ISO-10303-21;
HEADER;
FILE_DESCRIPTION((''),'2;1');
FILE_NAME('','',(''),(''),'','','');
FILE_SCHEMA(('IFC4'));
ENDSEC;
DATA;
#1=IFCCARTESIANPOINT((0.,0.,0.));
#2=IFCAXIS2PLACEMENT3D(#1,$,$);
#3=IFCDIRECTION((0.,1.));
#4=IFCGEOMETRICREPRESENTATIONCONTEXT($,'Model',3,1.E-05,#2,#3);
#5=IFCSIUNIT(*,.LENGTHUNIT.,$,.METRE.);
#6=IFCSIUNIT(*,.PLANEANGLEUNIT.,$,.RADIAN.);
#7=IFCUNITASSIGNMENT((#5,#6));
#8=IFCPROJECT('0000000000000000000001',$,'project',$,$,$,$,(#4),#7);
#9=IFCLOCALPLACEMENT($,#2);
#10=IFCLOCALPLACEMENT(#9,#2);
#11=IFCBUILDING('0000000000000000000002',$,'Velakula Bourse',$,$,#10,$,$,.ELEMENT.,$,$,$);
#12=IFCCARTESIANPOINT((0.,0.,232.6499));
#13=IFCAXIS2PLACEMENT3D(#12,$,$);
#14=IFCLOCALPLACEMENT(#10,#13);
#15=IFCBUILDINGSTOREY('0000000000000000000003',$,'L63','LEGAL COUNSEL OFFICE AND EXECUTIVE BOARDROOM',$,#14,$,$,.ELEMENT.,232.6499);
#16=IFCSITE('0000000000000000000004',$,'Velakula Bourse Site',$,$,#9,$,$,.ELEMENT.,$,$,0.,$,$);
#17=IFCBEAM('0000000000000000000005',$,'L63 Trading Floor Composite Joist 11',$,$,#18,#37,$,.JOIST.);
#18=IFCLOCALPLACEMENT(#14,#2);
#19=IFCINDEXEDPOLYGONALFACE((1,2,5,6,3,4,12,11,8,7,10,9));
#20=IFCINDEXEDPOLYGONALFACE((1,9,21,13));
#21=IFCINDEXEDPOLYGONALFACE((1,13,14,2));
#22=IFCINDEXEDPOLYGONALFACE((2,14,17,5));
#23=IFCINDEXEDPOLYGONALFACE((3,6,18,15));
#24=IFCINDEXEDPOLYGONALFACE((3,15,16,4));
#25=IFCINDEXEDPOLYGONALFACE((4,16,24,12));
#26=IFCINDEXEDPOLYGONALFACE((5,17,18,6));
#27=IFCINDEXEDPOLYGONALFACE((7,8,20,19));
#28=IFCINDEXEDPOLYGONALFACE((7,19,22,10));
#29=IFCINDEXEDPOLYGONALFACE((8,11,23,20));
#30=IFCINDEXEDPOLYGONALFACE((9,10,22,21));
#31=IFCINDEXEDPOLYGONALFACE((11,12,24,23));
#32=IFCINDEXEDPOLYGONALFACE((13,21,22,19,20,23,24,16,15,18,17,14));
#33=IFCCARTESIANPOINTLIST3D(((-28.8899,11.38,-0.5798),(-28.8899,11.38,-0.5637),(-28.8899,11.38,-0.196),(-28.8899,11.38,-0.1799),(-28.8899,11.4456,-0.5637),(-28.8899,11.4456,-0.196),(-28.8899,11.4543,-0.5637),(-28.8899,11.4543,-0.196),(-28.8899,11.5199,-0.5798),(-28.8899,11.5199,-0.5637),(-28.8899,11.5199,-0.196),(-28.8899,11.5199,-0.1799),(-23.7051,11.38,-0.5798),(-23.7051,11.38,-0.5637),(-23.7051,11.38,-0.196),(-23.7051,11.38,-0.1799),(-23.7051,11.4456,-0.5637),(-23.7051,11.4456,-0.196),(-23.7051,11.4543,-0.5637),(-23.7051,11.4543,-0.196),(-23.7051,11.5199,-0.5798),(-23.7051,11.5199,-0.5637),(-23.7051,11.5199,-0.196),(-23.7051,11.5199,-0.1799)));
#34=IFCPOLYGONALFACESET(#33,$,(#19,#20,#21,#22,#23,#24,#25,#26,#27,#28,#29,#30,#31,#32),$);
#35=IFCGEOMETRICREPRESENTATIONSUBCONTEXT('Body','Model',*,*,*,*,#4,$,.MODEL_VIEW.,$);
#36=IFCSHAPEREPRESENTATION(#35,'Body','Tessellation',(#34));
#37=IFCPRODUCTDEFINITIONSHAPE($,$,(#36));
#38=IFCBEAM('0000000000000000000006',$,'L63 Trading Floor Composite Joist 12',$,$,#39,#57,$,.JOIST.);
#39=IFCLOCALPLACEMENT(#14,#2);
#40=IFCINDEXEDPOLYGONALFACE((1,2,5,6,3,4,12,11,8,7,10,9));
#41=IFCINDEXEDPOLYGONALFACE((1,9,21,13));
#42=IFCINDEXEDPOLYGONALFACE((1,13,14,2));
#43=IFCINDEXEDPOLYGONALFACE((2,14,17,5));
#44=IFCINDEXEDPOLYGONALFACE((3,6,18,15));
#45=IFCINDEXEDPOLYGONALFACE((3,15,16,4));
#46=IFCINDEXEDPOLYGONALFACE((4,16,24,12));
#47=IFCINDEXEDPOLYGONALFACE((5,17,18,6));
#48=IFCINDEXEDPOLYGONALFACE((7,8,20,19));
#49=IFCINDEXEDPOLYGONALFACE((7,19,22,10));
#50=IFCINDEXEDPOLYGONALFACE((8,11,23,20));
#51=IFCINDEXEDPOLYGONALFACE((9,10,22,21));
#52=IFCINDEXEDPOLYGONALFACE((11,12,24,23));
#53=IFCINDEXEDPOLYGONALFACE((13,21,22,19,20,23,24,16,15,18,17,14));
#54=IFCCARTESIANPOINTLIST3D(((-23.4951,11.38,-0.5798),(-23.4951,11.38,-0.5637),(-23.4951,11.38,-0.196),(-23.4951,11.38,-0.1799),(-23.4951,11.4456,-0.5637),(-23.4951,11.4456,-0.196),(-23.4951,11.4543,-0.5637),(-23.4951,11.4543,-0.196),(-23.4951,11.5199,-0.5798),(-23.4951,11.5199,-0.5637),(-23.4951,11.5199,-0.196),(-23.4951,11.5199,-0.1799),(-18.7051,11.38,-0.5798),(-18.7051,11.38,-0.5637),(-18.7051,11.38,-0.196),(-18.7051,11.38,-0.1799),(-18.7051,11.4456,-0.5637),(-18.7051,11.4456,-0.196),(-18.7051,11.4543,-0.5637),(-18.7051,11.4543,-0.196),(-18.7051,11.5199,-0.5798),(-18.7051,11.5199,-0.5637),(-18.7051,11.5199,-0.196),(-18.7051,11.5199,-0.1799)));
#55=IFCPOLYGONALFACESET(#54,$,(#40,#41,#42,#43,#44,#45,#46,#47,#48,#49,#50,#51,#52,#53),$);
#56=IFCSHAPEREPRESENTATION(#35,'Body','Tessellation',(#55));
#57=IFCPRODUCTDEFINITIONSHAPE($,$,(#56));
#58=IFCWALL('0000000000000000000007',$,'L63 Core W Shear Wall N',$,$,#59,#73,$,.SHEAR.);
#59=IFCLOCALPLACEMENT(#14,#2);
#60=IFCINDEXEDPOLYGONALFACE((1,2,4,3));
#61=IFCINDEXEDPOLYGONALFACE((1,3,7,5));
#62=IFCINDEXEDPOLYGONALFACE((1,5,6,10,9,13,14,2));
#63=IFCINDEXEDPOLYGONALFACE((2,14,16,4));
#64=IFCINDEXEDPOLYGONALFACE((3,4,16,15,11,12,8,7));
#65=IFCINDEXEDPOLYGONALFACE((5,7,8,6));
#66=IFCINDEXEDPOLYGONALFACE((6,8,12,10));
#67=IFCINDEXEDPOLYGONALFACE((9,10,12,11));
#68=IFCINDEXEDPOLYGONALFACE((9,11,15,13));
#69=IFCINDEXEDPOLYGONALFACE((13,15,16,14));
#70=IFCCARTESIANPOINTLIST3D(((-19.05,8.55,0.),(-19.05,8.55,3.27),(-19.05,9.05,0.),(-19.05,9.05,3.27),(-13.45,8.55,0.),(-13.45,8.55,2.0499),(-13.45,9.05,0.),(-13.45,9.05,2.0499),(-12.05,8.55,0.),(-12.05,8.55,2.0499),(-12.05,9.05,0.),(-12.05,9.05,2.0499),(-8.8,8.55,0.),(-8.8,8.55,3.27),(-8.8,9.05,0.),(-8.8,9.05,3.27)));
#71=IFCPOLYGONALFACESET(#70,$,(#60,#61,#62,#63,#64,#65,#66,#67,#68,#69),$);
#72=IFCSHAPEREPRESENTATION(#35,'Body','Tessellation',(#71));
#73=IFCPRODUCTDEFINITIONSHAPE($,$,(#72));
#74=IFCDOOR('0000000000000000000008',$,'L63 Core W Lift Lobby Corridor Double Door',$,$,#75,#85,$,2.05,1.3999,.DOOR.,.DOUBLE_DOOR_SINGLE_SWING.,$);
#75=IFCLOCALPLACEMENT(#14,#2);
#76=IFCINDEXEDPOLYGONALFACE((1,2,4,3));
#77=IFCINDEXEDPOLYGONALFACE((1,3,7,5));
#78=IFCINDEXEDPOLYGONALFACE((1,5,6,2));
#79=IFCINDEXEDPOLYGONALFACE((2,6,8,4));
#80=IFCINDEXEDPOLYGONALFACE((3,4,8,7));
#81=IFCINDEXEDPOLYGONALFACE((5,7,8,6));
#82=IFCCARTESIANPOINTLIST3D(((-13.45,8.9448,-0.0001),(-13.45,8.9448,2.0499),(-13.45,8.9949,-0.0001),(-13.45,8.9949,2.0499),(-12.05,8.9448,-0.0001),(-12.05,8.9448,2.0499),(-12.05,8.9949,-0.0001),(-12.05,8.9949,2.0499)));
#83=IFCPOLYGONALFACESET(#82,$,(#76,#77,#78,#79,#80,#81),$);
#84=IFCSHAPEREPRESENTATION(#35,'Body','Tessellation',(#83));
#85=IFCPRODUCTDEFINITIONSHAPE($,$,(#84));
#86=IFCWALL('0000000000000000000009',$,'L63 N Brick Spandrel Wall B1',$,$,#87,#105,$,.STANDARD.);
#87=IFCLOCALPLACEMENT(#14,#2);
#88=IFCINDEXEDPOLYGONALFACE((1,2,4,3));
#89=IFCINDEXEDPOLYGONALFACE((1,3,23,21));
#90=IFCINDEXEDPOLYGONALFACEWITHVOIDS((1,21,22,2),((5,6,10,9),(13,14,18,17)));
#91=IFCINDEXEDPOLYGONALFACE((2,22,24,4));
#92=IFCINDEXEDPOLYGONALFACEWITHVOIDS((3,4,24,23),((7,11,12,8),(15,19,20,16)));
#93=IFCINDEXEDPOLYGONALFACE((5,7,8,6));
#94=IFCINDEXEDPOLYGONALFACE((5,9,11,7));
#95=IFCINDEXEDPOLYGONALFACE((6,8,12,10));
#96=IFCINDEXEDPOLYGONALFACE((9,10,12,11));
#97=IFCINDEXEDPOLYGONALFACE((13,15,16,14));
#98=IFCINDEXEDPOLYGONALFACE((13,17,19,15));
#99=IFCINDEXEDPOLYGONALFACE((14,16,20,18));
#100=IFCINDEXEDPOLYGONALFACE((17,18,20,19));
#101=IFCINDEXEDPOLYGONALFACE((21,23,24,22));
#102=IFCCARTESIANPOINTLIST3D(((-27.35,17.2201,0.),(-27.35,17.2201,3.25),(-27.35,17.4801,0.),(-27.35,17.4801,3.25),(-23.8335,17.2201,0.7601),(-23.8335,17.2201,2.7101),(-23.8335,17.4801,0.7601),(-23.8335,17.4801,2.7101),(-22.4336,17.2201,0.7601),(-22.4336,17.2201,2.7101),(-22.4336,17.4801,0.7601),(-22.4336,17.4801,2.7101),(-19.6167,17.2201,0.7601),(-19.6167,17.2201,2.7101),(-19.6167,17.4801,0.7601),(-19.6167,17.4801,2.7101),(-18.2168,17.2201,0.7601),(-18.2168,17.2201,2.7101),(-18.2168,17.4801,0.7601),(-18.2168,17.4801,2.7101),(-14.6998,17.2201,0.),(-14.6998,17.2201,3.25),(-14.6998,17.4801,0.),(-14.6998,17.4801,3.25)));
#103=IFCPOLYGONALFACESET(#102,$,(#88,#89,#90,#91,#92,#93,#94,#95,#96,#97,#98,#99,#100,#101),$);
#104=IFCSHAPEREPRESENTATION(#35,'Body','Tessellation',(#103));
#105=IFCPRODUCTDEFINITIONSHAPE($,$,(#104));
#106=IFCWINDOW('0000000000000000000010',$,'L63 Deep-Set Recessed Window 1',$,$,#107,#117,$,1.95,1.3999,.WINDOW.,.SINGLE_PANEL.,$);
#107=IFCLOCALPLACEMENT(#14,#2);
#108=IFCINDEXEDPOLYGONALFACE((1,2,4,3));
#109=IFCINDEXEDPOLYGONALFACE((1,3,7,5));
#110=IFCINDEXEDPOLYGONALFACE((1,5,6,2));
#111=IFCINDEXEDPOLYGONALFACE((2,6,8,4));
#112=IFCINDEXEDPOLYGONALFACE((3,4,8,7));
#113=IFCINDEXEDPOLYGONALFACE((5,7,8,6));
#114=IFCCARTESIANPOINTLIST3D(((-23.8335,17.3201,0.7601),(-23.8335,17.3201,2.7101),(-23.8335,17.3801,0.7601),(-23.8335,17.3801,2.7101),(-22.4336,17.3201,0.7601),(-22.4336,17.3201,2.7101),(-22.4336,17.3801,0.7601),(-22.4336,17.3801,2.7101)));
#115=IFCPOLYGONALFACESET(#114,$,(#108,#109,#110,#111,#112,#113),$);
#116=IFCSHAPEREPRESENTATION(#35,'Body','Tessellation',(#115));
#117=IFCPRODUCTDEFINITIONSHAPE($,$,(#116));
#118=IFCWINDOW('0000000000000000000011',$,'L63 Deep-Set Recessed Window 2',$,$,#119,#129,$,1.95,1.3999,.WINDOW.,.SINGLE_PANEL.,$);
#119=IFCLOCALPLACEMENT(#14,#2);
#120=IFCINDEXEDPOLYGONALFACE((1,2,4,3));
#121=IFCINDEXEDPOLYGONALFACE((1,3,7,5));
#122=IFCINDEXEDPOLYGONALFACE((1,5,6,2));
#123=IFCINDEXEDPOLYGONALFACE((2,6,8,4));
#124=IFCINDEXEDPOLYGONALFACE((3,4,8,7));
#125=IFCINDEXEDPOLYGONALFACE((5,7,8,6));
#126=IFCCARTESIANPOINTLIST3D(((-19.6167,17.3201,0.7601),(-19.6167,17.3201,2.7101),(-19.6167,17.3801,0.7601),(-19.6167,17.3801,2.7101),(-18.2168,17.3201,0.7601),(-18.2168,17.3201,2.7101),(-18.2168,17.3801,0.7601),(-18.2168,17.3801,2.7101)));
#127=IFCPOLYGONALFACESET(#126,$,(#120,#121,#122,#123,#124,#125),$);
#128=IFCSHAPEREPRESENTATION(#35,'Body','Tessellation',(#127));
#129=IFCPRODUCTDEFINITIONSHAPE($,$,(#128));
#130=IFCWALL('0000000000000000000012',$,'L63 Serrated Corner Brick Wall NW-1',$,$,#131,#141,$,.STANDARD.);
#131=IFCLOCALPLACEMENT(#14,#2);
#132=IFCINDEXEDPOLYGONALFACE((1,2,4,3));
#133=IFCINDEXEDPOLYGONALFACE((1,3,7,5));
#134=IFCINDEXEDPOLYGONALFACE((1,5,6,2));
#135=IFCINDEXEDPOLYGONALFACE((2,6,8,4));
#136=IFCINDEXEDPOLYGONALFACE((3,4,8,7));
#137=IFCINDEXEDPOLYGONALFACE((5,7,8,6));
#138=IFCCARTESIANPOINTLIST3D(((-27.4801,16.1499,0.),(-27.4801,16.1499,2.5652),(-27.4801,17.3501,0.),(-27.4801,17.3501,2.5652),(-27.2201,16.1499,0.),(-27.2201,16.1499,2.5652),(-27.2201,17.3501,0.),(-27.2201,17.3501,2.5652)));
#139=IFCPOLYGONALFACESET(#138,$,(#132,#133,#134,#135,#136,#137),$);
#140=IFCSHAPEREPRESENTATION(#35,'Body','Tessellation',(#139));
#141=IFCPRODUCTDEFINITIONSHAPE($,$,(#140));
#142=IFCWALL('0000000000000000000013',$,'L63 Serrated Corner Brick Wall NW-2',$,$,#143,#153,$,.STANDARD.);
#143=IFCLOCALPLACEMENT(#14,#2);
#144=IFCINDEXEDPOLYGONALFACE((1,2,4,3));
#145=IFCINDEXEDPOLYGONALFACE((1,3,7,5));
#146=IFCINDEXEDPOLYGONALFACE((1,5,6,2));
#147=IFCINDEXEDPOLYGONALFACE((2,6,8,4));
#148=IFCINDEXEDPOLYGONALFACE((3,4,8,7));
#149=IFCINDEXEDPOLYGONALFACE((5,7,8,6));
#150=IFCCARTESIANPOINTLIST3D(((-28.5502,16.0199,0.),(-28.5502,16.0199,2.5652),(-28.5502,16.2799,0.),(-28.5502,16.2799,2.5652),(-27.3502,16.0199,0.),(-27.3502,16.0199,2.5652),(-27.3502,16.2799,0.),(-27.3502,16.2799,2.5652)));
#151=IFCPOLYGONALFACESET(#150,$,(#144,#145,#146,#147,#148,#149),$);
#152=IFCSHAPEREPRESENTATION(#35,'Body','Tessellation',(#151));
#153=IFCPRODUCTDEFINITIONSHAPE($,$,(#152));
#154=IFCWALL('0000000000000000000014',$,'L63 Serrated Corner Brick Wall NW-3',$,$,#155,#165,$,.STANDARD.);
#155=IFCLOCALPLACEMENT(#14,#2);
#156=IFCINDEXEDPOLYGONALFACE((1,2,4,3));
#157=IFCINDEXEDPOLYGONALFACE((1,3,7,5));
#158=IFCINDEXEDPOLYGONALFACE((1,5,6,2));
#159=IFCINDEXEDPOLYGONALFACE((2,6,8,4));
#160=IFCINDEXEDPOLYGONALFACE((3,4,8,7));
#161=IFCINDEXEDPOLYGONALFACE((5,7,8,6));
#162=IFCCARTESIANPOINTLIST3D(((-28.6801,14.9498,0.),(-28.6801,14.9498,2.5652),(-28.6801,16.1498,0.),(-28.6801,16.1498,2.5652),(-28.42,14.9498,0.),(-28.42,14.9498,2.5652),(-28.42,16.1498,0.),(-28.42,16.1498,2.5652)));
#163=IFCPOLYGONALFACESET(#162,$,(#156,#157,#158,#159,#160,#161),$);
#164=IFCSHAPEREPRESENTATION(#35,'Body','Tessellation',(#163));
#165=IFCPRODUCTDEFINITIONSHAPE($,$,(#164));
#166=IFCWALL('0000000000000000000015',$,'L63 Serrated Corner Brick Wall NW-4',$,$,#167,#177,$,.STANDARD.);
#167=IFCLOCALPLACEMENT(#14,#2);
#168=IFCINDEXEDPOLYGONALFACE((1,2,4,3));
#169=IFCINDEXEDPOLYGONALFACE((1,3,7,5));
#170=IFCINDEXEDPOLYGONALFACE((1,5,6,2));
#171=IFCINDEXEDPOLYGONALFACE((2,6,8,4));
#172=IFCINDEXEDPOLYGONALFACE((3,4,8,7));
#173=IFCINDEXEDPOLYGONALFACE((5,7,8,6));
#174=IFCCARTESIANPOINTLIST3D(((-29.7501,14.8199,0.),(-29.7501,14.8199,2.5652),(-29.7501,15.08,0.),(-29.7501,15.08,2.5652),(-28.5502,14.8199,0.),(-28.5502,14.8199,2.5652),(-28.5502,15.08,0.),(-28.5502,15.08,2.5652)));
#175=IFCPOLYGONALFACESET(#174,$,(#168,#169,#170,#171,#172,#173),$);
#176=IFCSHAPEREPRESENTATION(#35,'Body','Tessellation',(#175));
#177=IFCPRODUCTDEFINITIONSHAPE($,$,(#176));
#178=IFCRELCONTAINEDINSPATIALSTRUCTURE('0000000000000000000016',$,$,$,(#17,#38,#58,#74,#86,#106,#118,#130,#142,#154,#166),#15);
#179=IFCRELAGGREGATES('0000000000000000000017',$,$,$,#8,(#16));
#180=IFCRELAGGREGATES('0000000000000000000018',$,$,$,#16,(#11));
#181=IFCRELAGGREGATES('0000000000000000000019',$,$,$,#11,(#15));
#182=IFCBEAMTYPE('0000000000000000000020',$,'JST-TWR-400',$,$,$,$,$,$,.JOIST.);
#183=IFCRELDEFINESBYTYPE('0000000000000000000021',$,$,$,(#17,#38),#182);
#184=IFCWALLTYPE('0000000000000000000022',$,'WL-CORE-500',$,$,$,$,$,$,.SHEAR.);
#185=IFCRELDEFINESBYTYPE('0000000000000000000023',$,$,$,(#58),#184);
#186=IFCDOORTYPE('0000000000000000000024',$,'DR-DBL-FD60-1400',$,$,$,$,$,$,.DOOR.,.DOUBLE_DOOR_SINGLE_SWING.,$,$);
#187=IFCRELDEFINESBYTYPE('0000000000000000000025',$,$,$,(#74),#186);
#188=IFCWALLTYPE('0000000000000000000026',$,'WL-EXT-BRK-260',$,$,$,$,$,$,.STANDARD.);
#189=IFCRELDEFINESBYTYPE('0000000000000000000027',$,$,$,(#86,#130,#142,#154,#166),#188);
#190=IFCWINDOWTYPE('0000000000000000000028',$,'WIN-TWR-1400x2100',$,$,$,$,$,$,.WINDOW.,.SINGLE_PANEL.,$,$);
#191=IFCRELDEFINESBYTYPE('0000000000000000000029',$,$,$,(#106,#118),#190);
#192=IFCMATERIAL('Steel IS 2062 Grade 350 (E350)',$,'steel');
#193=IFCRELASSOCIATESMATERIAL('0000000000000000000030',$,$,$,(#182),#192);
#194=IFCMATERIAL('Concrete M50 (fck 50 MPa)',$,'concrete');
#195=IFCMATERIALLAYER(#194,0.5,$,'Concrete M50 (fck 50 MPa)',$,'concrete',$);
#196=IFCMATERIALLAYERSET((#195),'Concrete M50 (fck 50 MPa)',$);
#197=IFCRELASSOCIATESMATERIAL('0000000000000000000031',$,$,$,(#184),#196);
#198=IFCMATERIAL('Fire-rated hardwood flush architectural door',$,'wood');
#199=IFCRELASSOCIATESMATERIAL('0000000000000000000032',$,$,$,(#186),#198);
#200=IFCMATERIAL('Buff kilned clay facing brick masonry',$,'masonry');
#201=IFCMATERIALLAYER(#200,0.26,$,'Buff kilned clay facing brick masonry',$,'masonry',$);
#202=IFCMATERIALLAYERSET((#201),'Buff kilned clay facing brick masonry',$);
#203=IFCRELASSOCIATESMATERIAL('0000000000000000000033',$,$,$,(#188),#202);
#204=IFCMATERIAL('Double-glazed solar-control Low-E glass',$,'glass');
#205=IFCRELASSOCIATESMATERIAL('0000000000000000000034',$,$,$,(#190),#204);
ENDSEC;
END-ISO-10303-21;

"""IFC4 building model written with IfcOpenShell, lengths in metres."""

from ifc_helpers import new_model, si_unit, direction, frame, frame_2d, origin, origin_2d, place, context, subcontext, project, spatial, rectangle, i_section, extrude, material, layer, layer_set, material_profile, profile_set, type_object, element, fill, save


model = new_model("IFC4")

# Units and contexts
model_context = context("Model", 3, precision=1e-05, world=origin(), true_north=direction((0.0, 1.0)))
body_context = subcontext(model_context, "Body", "Model", "MODEL_VIEW")
ifc_project = project(units=[si_unit("LENGTHUNIT", "METRE"), si_unit("PLANEANGLEUNIT", "RADIAN")], contexts=[model_context])

# Site, building, storey
site_placement = place(None, origin())
site = spatial("IfcSite", under=ifc_project, at=site_placement, Name="Velakula Bourse Site", CompositionType="ELEMENT", RefElevation=0.0)
building_placement = place(site_placement, origin())
building = spatial("IfcBuilding", under=site, at=building_placement, Name="Velakula Bourse", CompositionType="ELEMENT")
storey_placement = place(building_placement, frame((0.0, 0.0, 232.6499)))
storey = spatial("IfcBuildingStorey", under=building, at=storey_placement, Name="L63", Description="LEGAL COUNSEL OFFICE AND EXECUTIVE BOARDROOM", CompositionType="ELEMENT", Elevation=232.6499)

# Shared definitions
ifc_material_1 = material(Name="Steel IS 2062 Grade 350 (E350)", Category="steel")

# Beams
ifc_material_profile_1 = material_profile(ifc_material_1, i_section(OverallWidth=0.1399, OverallDepth=0.3999, WebThickness=0.0088, FlangeThickness=0.0161, at=origin_2d()), Name="Steel IS 2062 Grade 350 (E350)")
ifc_profile_set_1 = profile_set([ifc_material_profile_1], Name="Steel IS 2062 Grade 350 (E350)")
beam_type_1 = type_object("IfcBeamType", Name="JST-TWR-400", PredefinedType="JOIST", material=ifc_profile_set_1)
beam_1_placement = place(storey_placement, frame((-28.8899, 11.45, -0.3799), z_axis=(1.0, 0.0, 0.0), x_axis=(0.0, 1.0, 0.0)))
element("IfcBeam", 1, at=beam_1_placement, inside=storey, type_object=beam_type_1, Name="L63 Trading Floor Composite Joist 11", PredefinedType="JOIST", context=body_context, shape_type="SweptSolid", body=[
    extrude(i_section(OverallWidth=0.1399, OverallDepth=0.3999, WebThickness=0.0088, FlangeThickness=0.0161, at=origin_2d()), origin(), (0.0, 0.0, 1.0), 5.1848),
])
beam_2_placement = place(storey_placement, frame((-23.4951, 11.45, -0.3799), z_axis=(1.0, 0.0, 0.0), x_axis=(0.0, 1.0, 0.0)))
element("IfcBeam", 2, at=beam_2_placement, inside=storey, type_object=beam_type_1, Name="L63 Trading Floor Composite Joist 12", PredefinedType="JOIST", context=body_context, shape_type="SweptSolid", body=[
    extrude(i_section(OverallWidth=0.1399, OverallDepth=0.3999, WebThickness=0.0088, FlangeThickness=0.0161, at=origin_2d()), origin(), (0.0, 0.0, 1.0), 4.79),
])

# Wall, opening, door
ifc_material_2 = material(Name="Concrete M50 (fck 50 MPa)", Category="concrete")
ifc_layer_1 = layer(ifc_material_2, 0.5, Name="Concrete M50 (fck 50 MPa)", Category="concrete")
ifc_layer_set_1 = layer_set([ifc_layer_1], Name="Concrete M50 (fck 50 MPa)")
wall_type_1 = type_object("IfcWallType", Name="WL-CORE-500", PredefinedType="SHEAR", material=ifc_layer_set_1)
wall_1_placement = place(storey_placement, frame((-19.05, 8.8, 0.0), z_axis=(0.0, 0.0, 1.0), x_axis=(1.0, 0.0, 0.0)))
wall_1 = element("IfcWall", 3, at=wall_1_placement, inside=storey, type_object=wall_type_1, Name="L63 Core W Shear Wall N", PredefinedType="SHEAR", context=body_context, shape_type="SweptSolid", body=[
    extrude(rectangle(XDim=10.25, YDim=0.5, at=frame_2d((5.125, 0.0))), origin(), (0.0, 0.0, 1.0), 3.27),
])
opening_1_placement = place(wall_1_placement, frame((5.6001, 0.0, 0.0)))
opening_1 = element("IfcOpeningElement", 4, at=opening_1_placement, cuts=wall_1, PredefinedType="OPENING", context=body_context, shape_type="SweptSolid", body=[
    extrude(rectangle(XDim=1.3999, YDim=2.05, at=frame_2d((0.7, 1.0249))), frame((0.0, 0.26, 0.0), z_axis=(0.0, -1.0, 0.0), x_axis=(1.0, 0.0, 0.0)), (0.0, 0.0, 1.0), 0.52),
])
ifc_material_3 = material(Name="Fire-rated hardwood flush architectural door", Category="wood")
door_type_1 = type_object("IfcDoorType", Name="DR-DBL-FD60-1400", OperationType="DOUBLE_DOOR_SINGLE_SWING", PredefinedType="DOOR", material=ifc_material_3)
door_1_placement = place(opening_1_placement, origin())
door_1 = element("IfcDoor", 5, at=door_1_placement, inside=storey, type_object=door_type_1, Name="L63 Core W Lift Lobby Corridor Double Door", OperationType="DOUBLE_DOOR_SINGLE_SWING", OverallHeight=2.05, OverallWidth=1.3999, PredefinedType="DOOR", context=body_context, shape_type="SweptSolid", body=[
    extrude(rectangle(XDim=1.3999, YDim=2.05, at=frame_2d((0.7, 1.0249))), frame((0.0, 0.1948, 0.0), z_axis=(0.0, -1.0, 0.0), x_axis=(1.0, 0.0, 0.0)), (0.0, 0.0, 1.0), 0.05),
])
fill(opening_1, door_1)

# Wall, openings, windows
ifc_material_4 = material(Name="Buff kilned clay facing brick masonry", Category="masonry")
ifc_layer_2 = layer(ifc_material_4, 0.26, Name="Buff kilned clay facing brick masonry", Category="masonry")
ifc_layer_set_2 = layer_set([ifc_layer_2], Name="Buff kilned clay facing brick masonry")
wall_type_2 = type_object("IfcWallType", Name="WL-EXT-BRK-260", PredefinedType="STANDARD", material=ifc_layer_set_2)
wall_2_placement = place(storey_placement, frame((-27.3501, 17.3501, 0.0), z_axis=(0.0, 0.0, 1.0), x_axis=(1.0, 0.0, 0.0)))
wall_2 = element("IfcWall", 6, at=wall_2_placement, inside=storey, type_object=wall_type_2, Name="L63 N Brick Spandrel Wall B1", PredefinedType="STANDARD", context=body_context, shape_type="SweptSolid", body=[
    extrude(rectangle(XDim=12.6501, YDim=0.26, at=frame_2d((6.3252, 0.0))), origin(), (0.0, 0.0, 1.0), 3.25),
])
opening_2_placement = place(wall_2_placement, frame((3.5166, 0.0, 0.76)))
opening_2 = element("IfcOpeningElement", 7, at=opening_2_placement, cuts=wall_2, PredefinedType="OPENING", context=body_context, shape_type="SweptSolid", body=[
    extrude(rectangle(XDim=1.3999, YDim=1.95, at=frame_2d((0.7, 0.9751))), frame((0.0, 0.1399, 0.0), z_axis=(0.0, -1.0, 0.0), x_axis=(1.0, 0.0, 0.0)), (0.0, 0.0, 1.0), 0.28),
])
opening_3_placement = place(wall_2_placement, frame((7.7334, 0.0, 0.76)))
opening_3 = element("IfcOpeningElement", 8, at=opening_3_placement, cuts=wall_2, PredefinedType="OPENING", context=body_context, shape_type="SweptSolid", body=[
    extrude(rectangle(XDim=1.3999, YDim=1.95, at=frame_2d((0.7, 0.9751))), frame((0.0, 0.1399, 0.0), z_axis=(0.0, -1.0, 0.0), x_axis=(1.0, 0.0, 0.0)), (0.0, 0.0, 1.0), 0.28),
])
ifc_material_5 = material(Name="Double-glazed solar-control Low-E glass", Category="glass")
window_type = type_object("IfcWindowType", Name="WIN-TWR-1400x2100", PartitioningType="SINGLE_PANEL", PredefinedType="WINDOW", material=ifc_material_5)
window_1_placement = place(opening_2_placement, origin())
window_1 = element("IfcWindow", 9, at=window_1_placement, inside=storey, type_object=window_type, Name="L63 Deep-Set Recessed Window 1", OverallHeight=1.95, OverallWidth=1.3999, PartitioningType="SINGLE_PANEL", PredefinedType="WINDOW", context=body_context, shape_type="SweptSolid", body=[
    extrude(rectangle(XDim=1.3999, YDim=1.95, at=frame_2d((0.7, 0.9751))), frame((0.0, 0.03, 0.0), z_axis=(0.0, -1.0, 0.0), x_axis=(1.0, 0.0, 0.0)), (0.0, 0.0, 1.0), 0.0601),
])
fill(opening_2, window_1)
window_2_placement = place(opening_3_placement, origin())
window_2 = element("IfcWindow", 10, at=window_2_placement, inside=storey, type_object=window_type, Name="L63 Deep-Set Recessed Window 2", OverallHeight=1.95, OverallWidth=1.3999, PartitioningType="SINGLE_PANEL", PredefinedType="WINDOW", context=body_context, shape_type="SweptSolid", body=[
    extrude(rectangle(XDim=1.3999, YDim=1.95, at=frame_2d((0.7, 0.9751))), frame((0.0, 0.03, 0.0), z_axis=(0.0, -1.0, 0.0), x_axis=(1.0, 0.0, 0.0)), (0.0, 0.0, 1.0), 0.0601),
])
fill(opening_3, window_2)

# Walls
wall_3_placement = place(storey_placement, frame((-27.3501, 17.3501, 0.0), z_axis=(0.0, 0.0, 1.0), x_axis=(0.0, -1.0, 0.0)))
element("IfcWall", 11, at=wall_3_placement, inside=storey, type_object=wall_type_2, Name="L63 Serrated Corner Brick Wall NW-1", PredefinedType="STANDARD", context=body_context, shape_type="SweptSolid", body=[
    extrude(rectangle(XDim=1.2002, YDim=0.26, at=frame_2d((0.6001, 0.0))), origin(), (0.0, 0.0, 1.0), 2.5652),
])
for number, where, z_axis, x_axis, name in (
    (12, (-27.3501, 16.1499, 0.0), (0.0, 0.0, 1.0), (-1.0, 0.0, 0.0), "L63 Serrated Corner Brick Wall NW-2"),
    (13, (-28.55, 16.1499, 0.0), (0.0, 0.0, 1.0), (0.0, -1.0, 0.0), "L63 Serrated Corner Brick Wall NW-3"),
    (14, (-28.55, 14.95, 0.0), (0.0, 0.0, 1.0), (-1.0, 0.0, 0.0), "L63 Serrated Corner Brick Wall NW-4"),
):
    element("IfcWall", number, at=place(storey_placement, frame(where, z_axis=z_axis, x_axis=x_axis)), inside=storey, type_object=wall_type_2, Name=name, PredefinedType="STANDARD", context=body_context, shape_type="SweptSolid", body=[
        extrude(rectangle(XDim=1.2, YDim=0.26, at=frame_2d((0.6001, 0.0))), origin(), (0.0, 0.0, 1.0), 2.5652),
    ])

save(model, "model.ifc")
